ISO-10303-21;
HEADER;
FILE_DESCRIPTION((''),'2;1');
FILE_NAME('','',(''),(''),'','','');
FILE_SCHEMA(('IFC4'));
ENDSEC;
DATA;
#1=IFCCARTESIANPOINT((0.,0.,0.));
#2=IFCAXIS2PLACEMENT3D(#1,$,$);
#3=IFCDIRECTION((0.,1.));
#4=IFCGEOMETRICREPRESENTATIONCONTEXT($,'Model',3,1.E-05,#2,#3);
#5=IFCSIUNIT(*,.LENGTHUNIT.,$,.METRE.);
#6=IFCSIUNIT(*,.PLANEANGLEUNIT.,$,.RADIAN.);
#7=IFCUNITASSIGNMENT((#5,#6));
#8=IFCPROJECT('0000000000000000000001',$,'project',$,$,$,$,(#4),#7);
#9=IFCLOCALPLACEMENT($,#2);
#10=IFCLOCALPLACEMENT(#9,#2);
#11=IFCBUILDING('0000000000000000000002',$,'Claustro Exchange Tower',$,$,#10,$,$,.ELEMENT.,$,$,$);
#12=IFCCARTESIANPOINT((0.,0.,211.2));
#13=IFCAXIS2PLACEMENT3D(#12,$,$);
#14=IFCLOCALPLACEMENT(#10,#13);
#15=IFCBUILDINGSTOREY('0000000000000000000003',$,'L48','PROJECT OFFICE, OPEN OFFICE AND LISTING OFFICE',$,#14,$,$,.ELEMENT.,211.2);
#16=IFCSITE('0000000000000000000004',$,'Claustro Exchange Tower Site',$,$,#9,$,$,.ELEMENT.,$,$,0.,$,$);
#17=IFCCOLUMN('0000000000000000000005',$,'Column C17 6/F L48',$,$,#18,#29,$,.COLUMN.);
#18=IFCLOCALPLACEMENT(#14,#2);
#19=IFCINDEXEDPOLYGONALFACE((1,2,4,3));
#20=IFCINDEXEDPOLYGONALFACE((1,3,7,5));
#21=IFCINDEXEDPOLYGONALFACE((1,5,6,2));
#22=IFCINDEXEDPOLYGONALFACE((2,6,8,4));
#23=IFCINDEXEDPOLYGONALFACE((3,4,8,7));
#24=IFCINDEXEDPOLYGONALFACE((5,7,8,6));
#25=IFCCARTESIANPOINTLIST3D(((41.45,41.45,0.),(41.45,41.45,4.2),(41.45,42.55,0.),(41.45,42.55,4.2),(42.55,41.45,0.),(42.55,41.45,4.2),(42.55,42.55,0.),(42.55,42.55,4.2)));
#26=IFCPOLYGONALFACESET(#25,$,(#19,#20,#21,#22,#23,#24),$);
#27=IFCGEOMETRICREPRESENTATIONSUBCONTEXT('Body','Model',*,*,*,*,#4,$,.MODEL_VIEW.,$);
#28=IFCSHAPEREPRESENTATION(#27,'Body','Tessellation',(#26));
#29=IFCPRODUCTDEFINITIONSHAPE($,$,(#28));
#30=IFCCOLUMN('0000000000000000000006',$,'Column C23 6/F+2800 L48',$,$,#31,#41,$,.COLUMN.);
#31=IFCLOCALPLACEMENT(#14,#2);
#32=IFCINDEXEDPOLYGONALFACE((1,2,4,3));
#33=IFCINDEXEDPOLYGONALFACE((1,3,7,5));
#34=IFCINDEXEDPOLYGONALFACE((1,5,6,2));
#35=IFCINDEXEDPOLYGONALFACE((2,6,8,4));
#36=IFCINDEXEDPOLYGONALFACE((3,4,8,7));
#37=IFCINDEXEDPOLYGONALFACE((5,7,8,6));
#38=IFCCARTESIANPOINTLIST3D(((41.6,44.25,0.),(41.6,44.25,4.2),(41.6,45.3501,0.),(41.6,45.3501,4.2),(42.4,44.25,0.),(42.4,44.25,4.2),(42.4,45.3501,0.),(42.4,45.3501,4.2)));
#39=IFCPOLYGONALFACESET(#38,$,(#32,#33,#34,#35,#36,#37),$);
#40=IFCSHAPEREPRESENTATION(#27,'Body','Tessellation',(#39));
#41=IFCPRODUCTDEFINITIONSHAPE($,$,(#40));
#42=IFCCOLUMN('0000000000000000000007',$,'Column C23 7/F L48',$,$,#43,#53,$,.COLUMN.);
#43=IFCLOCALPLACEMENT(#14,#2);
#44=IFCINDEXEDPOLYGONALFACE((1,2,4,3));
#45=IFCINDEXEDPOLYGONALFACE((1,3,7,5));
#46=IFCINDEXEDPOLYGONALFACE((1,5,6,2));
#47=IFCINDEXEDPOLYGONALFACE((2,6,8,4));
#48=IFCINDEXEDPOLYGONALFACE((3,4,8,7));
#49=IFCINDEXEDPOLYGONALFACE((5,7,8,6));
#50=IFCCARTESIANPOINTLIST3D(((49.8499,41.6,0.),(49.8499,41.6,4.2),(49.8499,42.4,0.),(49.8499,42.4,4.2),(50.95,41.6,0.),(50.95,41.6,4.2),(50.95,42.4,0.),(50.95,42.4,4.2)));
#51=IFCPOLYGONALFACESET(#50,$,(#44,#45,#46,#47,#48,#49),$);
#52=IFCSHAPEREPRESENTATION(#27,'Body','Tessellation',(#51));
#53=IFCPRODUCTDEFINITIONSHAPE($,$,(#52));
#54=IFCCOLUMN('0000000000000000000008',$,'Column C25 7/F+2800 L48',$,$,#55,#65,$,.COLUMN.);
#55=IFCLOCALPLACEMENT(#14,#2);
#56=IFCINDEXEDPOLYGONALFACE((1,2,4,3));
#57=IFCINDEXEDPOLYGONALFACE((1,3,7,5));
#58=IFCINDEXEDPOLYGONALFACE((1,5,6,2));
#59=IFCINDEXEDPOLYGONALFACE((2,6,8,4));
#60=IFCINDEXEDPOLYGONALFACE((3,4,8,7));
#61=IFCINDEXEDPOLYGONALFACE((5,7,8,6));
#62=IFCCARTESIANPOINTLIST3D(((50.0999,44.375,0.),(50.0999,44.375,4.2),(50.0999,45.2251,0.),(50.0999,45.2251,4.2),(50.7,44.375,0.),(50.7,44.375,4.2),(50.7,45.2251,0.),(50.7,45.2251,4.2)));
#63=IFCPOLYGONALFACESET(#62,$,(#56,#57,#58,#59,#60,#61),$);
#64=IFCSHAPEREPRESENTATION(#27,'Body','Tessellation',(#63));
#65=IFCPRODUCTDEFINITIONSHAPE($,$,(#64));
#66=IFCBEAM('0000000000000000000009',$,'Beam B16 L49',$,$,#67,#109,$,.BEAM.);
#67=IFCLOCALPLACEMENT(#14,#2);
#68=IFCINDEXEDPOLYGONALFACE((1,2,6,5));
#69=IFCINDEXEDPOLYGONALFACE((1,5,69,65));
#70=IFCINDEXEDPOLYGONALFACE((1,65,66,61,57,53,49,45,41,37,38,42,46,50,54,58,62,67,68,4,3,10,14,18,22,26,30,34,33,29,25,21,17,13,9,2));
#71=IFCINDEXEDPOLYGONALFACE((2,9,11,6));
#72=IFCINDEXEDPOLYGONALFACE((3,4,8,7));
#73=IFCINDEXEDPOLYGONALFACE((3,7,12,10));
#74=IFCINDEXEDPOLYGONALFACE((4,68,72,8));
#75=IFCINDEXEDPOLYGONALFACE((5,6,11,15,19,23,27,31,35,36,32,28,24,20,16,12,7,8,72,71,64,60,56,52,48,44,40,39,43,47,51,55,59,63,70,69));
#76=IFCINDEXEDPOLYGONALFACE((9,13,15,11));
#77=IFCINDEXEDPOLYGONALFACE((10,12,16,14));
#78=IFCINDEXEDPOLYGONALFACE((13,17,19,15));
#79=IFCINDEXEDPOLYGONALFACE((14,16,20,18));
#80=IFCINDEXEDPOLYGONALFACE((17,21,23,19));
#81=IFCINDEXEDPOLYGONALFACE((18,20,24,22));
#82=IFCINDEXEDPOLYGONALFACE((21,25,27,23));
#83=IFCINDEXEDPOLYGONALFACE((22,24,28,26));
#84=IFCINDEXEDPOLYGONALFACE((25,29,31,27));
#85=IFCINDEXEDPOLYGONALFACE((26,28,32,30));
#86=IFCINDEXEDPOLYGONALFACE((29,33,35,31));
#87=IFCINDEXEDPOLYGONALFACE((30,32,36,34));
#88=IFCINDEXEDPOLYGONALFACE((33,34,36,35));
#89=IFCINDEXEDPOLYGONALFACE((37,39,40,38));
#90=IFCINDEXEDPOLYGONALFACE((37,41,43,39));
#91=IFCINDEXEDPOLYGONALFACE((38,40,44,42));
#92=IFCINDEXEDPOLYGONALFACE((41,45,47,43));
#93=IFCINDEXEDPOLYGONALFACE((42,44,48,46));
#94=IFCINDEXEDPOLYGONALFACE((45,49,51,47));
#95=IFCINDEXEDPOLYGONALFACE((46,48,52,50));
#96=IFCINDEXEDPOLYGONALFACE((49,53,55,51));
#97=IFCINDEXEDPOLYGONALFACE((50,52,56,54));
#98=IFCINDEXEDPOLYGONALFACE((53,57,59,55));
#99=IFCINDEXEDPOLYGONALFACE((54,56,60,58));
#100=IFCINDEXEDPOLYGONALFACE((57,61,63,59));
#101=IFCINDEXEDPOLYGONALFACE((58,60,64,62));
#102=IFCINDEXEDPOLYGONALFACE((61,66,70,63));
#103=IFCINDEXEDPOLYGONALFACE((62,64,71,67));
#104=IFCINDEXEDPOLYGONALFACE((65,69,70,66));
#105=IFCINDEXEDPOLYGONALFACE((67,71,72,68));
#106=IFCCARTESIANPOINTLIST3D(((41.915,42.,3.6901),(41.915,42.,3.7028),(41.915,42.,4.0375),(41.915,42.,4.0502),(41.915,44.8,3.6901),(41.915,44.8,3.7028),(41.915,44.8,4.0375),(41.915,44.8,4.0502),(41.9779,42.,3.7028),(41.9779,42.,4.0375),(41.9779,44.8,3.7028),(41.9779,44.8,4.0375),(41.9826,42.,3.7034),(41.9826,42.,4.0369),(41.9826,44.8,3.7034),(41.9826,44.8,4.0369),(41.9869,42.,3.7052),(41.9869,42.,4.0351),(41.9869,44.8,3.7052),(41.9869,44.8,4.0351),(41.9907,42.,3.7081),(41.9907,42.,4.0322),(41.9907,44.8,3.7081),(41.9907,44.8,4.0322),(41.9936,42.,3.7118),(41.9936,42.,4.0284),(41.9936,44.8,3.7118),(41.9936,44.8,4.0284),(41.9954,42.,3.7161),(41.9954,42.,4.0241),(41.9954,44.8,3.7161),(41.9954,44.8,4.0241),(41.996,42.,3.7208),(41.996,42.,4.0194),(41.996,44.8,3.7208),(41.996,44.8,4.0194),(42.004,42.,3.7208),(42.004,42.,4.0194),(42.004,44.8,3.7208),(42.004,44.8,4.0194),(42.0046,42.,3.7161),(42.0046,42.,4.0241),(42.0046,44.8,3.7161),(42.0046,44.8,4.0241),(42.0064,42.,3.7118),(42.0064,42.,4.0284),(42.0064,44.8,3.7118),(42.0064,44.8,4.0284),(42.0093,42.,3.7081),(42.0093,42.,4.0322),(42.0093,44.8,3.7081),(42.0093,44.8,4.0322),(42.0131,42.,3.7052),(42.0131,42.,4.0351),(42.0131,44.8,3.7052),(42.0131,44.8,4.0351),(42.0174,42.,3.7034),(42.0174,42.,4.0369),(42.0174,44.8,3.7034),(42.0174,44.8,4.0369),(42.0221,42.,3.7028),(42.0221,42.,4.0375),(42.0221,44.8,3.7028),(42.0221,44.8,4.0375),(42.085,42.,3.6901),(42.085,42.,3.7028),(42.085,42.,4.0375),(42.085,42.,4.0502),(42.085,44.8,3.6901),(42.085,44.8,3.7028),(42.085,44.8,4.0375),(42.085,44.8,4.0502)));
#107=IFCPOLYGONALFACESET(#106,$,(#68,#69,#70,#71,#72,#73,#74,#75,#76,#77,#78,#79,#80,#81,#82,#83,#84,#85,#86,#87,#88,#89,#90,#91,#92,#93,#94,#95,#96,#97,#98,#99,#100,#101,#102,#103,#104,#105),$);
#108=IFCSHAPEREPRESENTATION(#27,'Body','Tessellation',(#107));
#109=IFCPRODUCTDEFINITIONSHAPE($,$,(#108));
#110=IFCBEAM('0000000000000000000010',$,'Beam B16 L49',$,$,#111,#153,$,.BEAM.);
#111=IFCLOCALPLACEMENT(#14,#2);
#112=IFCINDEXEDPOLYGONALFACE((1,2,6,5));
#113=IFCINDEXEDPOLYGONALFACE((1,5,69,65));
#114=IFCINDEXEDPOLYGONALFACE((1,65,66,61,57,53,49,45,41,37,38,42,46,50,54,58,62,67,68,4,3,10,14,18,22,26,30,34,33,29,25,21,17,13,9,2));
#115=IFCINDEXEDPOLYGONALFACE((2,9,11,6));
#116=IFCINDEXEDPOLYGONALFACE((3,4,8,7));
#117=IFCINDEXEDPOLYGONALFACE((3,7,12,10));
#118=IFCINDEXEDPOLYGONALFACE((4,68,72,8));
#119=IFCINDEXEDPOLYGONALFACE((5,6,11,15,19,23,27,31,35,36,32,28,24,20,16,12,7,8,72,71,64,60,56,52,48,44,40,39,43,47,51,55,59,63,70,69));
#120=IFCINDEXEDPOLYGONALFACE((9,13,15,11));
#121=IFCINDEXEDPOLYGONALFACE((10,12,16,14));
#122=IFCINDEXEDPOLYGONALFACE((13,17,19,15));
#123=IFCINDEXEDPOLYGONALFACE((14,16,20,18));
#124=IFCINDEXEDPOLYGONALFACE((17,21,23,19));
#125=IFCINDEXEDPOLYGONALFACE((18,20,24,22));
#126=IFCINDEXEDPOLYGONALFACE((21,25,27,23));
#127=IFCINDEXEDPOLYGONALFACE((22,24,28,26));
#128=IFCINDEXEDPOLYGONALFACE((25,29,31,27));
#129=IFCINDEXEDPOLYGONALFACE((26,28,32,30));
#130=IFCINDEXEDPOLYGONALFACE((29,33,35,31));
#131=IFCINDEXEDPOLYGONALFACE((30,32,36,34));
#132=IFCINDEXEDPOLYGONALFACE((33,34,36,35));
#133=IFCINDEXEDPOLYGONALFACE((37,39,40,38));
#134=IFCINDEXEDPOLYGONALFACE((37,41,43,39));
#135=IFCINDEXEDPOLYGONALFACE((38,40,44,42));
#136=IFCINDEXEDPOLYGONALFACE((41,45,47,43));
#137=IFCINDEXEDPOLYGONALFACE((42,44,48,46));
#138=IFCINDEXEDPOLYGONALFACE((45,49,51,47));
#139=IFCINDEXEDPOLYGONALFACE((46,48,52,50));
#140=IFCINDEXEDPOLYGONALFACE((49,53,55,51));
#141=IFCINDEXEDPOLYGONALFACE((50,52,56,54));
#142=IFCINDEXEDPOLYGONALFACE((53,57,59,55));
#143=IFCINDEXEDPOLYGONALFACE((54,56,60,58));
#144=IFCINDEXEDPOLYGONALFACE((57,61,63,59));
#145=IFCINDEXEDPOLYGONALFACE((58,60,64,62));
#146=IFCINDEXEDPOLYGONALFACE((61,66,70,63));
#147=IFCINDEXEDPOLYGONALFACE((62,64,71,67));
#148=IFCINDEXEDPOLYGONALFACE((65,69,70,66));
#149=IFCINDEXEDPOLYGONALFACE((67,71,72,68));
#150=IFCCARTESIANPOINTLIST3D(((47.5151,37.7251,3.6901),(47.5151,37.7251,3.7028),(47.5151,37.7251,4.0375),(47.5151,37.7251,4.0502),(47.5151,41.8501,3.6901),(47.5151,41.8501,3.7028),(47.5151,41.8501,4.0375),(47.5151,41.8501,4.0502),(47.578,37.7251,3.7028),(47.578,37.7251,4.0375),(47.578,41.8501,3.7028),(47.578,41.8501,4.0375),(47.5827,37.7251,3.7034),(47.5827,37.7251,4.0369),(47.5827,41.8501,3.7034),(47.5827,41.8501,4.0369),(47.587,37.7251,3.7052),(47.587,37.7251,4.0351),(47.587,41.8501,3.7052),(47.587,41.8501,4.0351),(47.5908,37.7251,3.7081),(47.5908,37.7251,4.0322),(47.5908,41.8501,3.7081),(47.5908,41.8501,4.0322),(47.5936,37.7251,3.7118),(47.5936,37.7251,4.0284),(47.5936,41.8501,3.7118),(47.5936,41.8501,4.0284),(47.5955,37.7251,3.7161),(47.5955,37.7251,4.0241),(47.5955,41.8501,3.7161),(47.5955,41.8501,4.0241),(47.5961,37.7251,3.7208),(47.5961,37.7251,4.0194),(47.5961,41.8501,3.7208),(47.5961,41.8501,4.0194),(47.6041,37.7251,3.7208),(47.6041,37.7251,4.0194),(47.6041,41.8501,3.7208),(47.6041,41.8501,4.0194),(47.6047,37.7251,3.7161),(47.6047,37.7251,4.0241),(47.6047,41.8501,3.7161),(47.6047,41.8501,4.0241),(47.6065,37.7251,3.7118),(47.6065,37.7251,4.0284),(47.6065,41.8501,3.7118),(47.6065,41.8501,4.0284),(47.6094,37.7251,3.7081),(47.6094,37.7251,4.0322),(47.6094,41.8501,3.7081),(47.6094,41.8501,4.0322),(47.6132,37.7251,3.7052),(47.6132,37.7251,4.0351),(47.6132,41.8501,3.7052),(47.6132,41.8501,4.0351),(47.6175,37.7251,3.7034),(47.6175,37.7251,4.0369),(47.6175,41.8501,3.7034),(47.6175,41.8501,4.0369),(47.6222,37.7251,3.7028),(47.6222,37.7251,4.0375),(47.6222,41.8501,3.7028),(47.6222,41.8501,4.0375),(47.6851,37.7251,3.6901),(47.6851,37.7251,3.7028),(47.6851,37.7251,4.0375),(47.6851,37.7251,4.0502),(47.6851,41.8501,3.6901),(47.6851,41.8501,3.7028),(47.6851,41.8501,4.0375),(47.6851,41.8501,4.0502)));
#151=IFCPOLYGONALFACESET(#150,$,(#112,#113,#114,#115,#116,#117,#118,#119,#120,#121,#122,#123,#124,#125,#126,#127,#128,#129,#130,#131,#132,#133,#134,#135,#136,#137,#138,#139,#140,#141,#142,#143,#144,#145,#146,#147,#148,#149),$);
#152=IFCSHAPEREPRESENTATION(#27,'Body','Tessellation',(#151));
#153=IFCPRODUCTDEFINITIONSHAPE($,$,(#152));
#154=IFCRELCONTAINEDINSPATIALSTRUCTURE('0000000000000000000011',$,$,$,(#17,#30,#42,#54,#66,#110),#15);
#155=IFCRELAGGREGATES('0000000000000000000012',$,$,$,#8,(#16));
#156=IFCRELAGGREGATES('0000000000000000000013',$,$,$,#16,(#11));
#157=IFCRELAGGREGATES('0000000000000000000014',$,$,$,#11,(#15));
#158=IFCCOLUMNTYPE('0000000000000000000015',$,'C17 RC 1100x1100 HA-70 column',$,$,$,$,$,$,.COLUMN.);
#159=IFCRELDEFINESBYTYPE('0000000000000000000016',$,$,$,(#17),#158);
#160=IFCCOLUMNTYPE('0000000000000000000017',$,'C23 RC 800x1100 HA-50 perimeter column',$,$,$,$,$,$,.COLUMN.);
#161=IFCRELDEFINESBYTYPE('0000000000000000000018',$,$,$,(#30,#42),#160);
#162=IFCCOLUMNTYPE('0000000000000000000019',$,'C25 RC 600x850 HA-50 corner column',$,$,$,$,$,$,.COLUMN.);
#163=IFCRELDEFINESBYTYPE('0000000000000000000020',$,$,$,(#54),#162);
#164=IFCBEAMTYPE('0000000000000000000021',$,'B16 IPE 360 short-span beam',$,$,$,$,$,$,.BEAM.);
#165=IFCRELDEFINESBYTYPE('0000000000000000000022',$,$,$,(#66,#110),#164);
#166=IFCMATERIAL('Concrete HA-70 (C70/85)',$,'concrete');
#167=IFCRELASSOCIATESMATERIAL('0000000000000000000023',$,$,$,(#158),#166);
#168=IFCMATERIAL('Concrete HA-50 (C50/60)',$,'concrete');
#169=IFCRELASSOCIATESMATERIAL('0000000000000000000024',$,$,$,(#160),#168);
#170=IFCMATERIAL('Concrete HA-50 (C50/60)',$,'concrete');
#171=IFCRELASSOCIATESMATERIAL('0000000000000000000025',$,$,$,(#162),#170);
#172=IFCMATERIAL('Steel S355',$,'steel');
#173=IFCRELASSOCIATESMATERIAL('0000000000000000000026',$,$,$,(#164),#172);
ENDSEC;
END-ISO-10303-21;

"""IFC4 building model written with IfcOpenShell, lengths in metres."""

from ifc_helpers import new_model, si_unit, direction, frame, origin, origin_2d, place, context, subcontext, project, spatial, rectangle, i_section, extrude, material, material_profile, profile_set, type_object, element, save


model = new_model("IFC4")

# Units and contexts
model_context = context("Model", 3, precision=1e-05, world=origin(), true_north=direction((0.0, 1.0)))
body_context = subcontext(model_context, "Body", "Model", "MODEL_VIEW")
ifc_project = project(units=[si_unit("LENGTHUNIT", "METRE"), si_unit("PLANEANGLEUNIT", "RADIAN")], contexts=[model_context])

# Site, building, storey
site_placement = place(None, origin())
site = spatial("IfcSite", under=ifc_project, at=site_placement, Name="Claustro Exchange Tower Site", CompositionType="ELEMENT", RefElevation=0.0)
building_placement = place(site_placement, origin())
building = spatial("IfcBuilding", under=site, at=building_placement, Name="Claustro Exchange Tower", CompositionType="ELEMENT")
storey_placement = place(building_placement, frame((0.0, 0.0, 211.2)))
storey = spatial("IfcBuildingStorey", under=building, at=storey_placement, Name="L48", Description="PROJECT OFFICE, OPEN OFFICE AND LISTING OFFICE", CompositionType="ELEMENT", Elevation=211.2)

# Columns
ifc_material_1 = material(Name="Concrete HA-70 (C70/85)", Category="concrete")
ifc_material_profile_1 = material_profile(ifc_material_1, rectangle(XDim=1.1001, YDim=1.1001, at=origin_2d()), Name="RC 1100x1100")
ifc_profile_set_1 = profile_set([ifc_material_profile_1], Name="Concrete HA-70 (C70/85)")
column_type_1 = type_object("IfcColumnType", Name="C17 RC 1100x1100 HA-70 column", PredefinedType="COLUMN", material=ifc_profile_set_1)
column_1_placement = place(storey_placement, frame((42.0, 42.0, 0.0), z_axis=(0.0, 0.0, 1.0), x_axis=(1.0, 0.0, 0.0)))
element("IfcColumn", 1, at=column_1_placement, inside=storey, type_object=column_type_1, Name="Column C17 6/F L48", PredefinedType="COLUMN", context=body_context, shape_type="SweptSolid", body=[
    extrude(rectangle(XDim=1.1001, YDim=1.1001, at=origin_2d()), origin(), (0.0, 0.0, 1.0), 4.2),
])
ifc_material_2 = material(Name="Concrete HA-50 (C50/60)", Category="concrete")
ifc_material_profile_2 = material_profile(ifc_material_2, rectangle(XDim=0.8, YDim=1.1001, at=origin_2d()), Name="RC 800x1100")
ifc_profile_set_2 = profile_set([ifc_material_profile_2], Name="Concrete HA-50 (C50/60)")
column_type_2 = type_object("IfcColumnType", Name="C23 RC 800x1100 HA-50 perimeter column", PredefinedType="COLUMN", material=ifc_profile_set_2)
for number, where, z_axis, x_axis, name in (
    (2, (42.0, 44.8, 0.0), (0.0, 0.0, 1.0), (1.0, 0.0, 0.0), "Column C23 6/F+2800 L48"),
    (3, (50.3999, 42.0, 0.0), (0.0, 0.0, 1.0), (0.0, 1.0, 0.0), "Column C23 7/F L48"),
):
    element("IfcColumn", number, at=place(storey_placement, frame(where, z_axis=z_axis, x_axis=x_axis)), inside=storey, type_object=column_type_2, Name=name, PredefinedType="COLUMN", context=body_context, shape_type="SweptSolid", body=[
        extrude(rectangle(XDim=0.8, YDim=1.1001, at=origin_2d()), origin(), (0.0, 0.0, 1.0), 4.2),
    ])
ifc_material_3 = material(Name="Concrete HA-50 (C50/60)", Category="concrete")
ifc_material_profile_3 = material_profile(ifc_material_3, rectangle(XDim=0.6001, YDim=0.8501, at=origin_2d()), Name="RC 600x850")
ifc_profile_set_3 = profile_set([ifc_material_profile_3], Name="Concrete HA-50 (C50/60)")
column_type_3 = type_object("IfcColumnType", Name="C25 RC 600x850 HA-50 corner column", PredefinedType="COLUMN", material=ifc_profile_set_3)
column_2_placement = place(storey_placement, frame((50.3999, 44.8, 0.0), z_axis=(0.0, 0.0, 1.0), x_axis=(1.0, 0.0, 0.0)))
element("IfcColumn", 4, at=column_2_placement, inside=storey, type_object=column_type_3, Name="Column C25 7/F+2800 L48", PredefinedType="COLUMN", context=body_context, shape_type="SweptSolid", body=[
    extrude(rectangle(XDim=0.6001, YDim=0.8501, at=origin_2d()), origin(), (0.0, 0.0, 1.0), 4.2),
])

# Beams
ifc_material_4 = material(Name="Steel S355", Category="steel")
ifc_material_profile_4 = material_profile(ifc_material_4, i_section(OverallWidth=0.1699, OverallDepth=0.3601, WebThickness=0.0081, FlangeThickness=0.0127, FilletRadius=0.0181, at=origin_2d()), Name="IPE 360")
ifc_profile_set_4 = profile_set([ifc_material_profile_4], Name="Steel S355")
beam_type_1 = type_object("IfcBeamType", Name="B16 IPE 360 short-span beam", PredefinedType="BEAM", material=ifc_profile_set_4)
beam_1_placement = place(storey_placement, frame((42.0, 42.0, 3.8701), z_axis=(0.0, 1.0, 0.0), x_axis=(-1.0, 0.0, 0.0)))
element("IfcBeam", 5, at=beam_1_placement, inside=storey, type_object=beam_type_1, Name="Beam B16 L49", PredefinedType="BEAM", context=body_context, shape_type="SweptSolid", body=[
    extrude(i_section(OverallWidth=0.1699, OverallDepth=0.3601, WebThickness=0.0081, FlangeThickness=0.0127, FilletRadius=0.0181, at=origin_2d()), origin(), (0.0, 0.0, 1.0), 2.8),
])
beam_2_placement = place(storey_placement, frame((47.6001, 37.7251, 3.8701), z_axis=(0.0, 1.0, 0.0), x_axis=(-1.0, 0.0, 0.0)))
element("IfcBeam", 6, at=beam_2_placement, inside=storey, type_object=beam_type_1, Name="Beam B16 L49", PredefinedType="BEAM", context=body_context, shape_type="SweptSolid", body=[
    extrude(i_section(OverallWidth=0.1699, OverallDepth=0.3601, WebThickness=0.0081, FlangeThickness=0.0127, FilletRadius=0.0181, at=origin_2d()), origin(), (0.0, 0.0, 1.0), 4.125),
])

save(model, "model.ifc")
